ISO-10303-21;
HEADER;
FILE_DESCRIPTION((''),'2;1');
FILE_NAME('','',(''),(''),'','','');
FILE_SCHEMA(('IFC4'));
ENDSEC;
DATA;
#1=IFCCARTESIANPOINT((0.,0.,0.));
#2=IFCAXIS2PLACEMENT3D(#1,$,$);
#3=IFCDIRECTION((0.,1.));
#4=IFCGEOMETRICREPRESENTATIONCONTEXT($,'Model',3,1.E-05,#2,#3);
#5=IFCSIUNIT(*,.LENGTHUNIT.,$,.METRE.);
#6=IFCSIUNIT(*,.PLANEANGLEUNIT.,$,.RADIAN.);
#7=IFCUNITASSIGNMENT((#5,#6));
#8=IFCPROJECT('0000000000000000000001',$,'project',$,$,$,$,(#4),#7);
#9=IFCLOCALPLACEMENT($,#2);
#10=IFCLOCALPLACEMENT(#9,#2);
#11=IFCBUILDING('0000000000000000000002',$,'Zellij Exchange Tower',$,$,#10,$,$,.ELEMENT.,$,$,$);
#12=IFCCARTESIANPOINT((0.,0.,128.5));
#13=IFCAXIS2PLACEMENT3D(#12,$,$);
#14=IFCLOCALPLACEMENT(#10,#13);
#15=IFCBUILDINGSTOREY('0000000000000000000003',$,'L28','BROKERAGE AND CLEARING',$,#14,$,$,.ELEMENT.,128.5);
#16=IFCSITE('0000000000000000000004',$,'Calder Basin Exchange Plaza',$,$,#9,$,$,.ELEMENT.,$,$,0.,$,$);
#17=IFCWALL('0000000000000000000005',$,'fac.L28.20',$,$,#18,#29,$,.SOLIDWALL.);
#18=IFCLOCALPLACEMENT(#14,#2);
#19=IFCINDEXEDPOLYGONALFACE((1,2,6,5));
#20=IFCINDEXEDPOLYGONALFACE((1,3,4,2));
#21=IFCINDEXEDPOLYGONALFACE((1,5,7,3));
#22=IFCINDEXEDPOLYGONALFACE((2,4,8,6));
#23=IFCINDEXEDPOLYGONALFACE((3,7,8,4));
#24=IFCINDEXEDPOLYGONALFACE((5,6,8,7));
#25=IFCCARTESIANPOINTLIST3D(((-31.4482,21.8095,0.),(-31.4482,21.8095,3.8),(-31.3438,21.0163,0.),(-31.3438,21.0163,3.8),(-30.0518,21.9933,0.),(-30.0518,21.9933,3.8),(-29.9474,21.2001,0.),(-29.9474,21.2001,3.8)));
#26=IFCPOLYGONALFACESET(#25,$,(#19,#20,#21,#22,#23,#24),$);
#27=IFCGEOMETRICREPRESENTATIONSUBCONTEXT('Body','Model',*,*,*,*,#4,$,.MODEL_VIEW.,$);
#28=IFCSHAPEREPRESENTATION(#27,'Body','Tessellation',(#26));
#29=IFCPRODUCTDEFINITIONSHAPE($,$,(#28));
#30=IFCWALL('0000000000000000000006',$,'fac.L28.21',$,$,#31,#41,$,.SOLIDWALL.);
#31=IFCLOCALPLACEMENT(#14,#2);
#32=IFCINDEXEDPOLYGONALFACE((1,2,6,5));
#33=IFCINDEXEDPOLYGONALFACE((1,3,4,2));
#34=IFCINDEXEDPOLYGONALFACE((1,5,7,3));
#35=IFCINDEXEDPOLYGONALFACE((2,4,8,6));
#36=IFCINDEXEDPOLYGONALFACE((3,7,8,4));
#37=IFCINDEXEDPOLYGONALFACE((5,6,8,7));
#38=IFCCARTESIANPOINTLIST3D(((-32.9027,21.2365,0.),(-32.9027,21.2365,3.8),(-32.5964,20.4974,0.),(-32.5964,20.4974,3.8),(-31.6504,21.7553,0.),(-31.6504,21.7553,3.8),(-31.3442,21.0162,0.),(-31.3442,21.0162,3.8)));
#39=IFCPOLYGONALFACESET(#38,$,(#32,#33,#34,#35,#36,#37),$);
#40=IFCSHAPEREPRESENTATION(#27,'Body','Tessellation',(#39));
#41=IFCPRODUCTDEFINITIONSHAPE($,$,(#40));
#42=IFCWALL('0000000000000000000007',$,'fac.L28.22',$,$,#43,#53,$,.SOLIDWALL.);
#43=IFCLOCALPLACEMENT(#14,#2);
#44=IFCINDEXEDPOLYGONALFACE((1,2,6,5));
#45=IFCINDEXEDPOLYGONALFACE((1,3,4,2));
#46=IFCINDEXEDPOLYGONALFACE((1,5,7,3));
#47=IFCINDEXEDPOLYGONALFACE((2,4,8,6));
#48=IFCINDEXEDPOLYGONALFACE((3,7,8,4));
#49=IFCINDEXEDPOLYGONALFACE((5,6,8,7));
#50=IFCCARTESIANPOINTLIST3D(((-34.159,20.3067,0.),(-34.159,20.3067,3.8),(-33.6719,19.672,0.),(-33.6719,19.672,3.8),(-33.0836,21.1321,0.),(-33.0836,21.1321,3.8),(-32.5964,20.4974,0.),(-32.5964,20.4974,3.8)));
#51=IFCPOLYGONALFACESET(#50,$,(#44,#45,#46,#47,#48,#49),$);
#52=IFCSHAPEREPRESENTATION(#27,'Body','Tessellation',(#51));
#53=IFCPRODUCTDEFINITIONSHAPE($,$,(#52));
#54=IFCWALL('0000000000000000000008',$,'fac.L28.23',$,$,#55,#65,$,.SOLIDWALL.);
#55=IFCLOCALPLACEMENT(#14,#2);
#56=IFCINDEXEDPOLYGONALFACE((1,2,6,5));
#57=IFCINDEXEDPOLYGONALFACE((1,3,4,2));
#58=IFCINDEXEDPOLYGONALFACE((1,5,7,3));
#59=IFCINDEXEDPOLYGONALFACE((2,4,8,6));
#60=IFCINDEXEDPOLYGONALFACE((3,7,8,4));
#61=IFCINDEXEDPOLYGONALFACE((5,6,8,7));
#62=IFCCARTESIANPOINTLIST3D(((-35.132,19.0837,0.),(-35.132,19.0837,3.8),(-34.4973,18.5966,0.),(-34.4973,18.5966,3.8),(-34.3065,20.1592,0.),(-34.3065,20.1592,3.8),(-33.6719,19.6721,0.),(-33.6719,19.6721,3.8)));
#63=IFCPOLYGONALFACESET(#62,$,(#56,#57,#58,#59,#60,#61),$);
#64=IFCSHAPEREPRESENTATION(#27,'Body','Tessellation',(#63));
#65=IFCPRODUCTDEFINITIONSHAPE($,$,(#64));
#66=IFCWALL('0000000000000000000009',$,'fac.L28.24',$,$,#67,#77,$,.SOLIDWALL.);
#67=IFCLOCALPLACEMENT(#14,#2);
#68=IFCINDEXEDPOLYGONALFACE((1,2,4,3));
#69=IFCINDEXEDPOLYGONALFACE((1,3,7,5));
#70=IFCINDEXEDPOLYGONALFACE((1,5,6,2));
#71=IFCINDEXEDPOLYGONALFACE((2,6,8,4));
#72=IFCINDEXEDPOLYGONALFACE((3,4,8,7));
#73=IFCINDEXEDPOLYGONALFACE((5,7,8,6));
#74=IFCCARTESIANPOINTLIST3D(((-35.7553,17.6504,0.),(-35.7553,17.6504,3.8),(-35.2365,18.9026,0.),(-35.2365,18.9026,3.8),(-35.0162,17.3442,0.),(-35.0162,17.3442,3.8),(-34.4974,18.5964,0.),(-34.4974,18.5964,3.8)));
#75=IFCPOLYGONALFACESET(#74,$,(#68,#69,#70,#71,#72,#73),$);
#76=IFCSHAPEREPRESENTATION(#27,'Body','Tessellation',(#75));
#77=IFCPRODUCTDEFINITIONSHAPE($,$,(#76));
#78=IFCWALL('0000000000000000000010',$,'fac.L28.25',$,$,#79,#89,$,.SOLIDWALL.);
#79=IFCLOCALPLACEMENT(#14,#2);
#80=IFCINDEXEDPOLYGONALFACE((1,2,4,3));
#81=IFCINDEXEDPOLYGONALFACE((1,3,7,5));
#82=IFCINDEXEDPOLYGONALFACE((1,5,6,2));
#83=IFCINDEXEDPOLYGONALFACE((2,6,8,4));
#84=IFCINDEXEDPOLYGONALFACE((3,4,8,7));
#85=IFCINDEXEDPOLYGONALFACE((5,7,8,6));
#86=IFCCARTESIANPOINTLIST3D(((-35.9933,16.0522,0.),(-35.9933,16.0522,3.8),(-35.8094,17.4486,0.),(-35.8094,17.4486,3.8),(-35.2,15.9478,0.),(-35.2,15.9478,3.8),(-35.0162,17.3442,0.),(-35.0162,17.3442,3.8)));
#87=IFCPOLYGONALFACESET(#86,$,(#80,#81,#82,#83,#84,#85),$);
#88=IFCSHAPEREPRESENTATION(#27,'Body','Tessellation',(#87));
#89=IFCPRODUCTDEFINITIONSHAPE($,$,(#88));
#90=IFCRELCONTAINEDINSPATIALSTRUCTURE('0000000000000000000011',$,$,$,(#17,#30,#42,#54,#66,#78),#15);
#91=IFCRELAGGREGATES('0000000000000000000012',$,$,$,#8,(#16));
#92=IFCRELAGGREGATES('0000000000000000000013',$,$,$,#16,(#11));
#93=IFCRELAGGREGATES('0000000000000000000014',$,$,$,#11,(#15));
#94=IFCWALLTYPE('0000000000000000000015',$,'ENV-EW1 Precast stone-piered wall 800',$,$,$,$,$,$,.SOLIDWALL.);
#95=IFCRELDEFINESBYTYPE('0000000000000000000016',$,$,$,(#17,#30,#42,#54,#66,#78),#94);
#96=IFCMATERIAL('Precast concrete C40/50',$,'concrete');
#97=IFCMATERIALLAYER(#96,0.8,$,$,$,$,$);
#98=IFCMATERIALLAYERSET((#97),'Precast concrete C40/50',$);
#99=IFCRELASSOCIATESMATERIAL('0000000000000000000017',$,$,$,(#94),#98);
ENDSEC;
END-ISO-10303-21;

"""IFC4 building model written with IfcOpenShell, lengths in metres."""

from ifc_helpers import new_model, si_unit, direction, frame, frame_2d, origin, place, context, subcontext, project, spatial, rectangle, extrude, material, layer, layer_set, type_object, element, save


model = new_model("IFC4")

# Units and contexts
model_context = context("Model", 3, precision=1e-05, world=origin(), true_north=direction((0.0, 1.0)))
body_context = subcontext(model_context, "Body", "Model", "MODEL_VIEW")
ifc_project = project(units=[si_unit("LENGTHUNIT", "METRE"), si_unit("PLANEANGLEUNIT", "RADIAN")], contexts=[model_context])

# Site, building, storey
site_placement = place(None, origin())
site = spatial("IfcSite", under=ifc_project, at=site_placement, Name="Calder Basin Exchange Plaza", CompositionType="ELEMENT", RefElevation=0.0)
building_placement = place(site_placement, origin())
building = spatial("IfcBuilding", under=site, at=building_placement, Name="Zellij Exchange Tower", CompositionType="ELEMENT")
storey_placement = place(building_placement, frame((0.0, 0.0, 128.5)))
storey = spatial("IfcBuildingStorey", under=building, at=storey_placement, Name="L28", Description="BROKERAGE AND CLEARING", CompositionType="ELEMENT", Elevation=128.5)

# Walls
ifc_material_1 = material(Name="Precast concrete C40/50", Category="concrete")
ifc_layer_1 = layer(ifc_material_1, 0.8)
ifc_layer_set_1 = layer_set([ifc_layer_1], Name="Precast concrete C40/50")
wall_type_1 = type_object("IfcWallType", Name="ENV-EW1 Precast stone-piered wall 800", PredefinedType="SOLIDWALL", material=ifc_layer_set_1)
wall_1_placement = place(storey_placement, frame((-29.9998, 21.5967, 0.0), z_axis=(0.0, 0.0, 1.0), x_axis=(-0.991446, -0.130517, 0.0)))
element("IfcWall", 1, at=wall_1_placement, inside=storey, type_object=wall_type_1, Name="fac.L28.20", PredefinedType="SOLIDWALL", context=body_context, shape_type="SweptSolid", body=[
    extrude(rectangle(XDim=1.4084, YDim=0.8, at=frame_2d((0.7041, 0.0))), origin(), (0.0, 0.0, 1.0), 3.8),
])
wall_2_placement = place(storey_placement, frame((-31.4973, 21.3857, 0.0), z_axis=(0.0, 0.0, 1.0), x_axis=(-0.923848, -0.38276, 0.0)))
element("IfcWall", 2, at=wall_2_placement, inside=storey, type_object=wall_type_1, Name="fac.L28.21", PredefinedType="SOLIDWALL", context=body_context, shape_type="SweptSolid", body=[
    extrude(rectangle(XDim=1.3555, YDim=0.8, at=frame_2d((0.6777, 0.0))), origin(), (0.0, 0.0, 1.0), 3.8),
])
for number, where, z_axis, x_axis, name in (
    (3, (-32.8401, 20.8147, 0.0), (0.0, 0.0, 1.0), (-0.793273, -0.608866, 0.0), "fac.L28.22"),
    (4, (-33.9893, 19.9155, 0.0), (0.0, 0.0, 1.0), (-0.608866, -0.793273, 0.0), "fac.L28.23"),
):
    element("IfcWall", number, at=place(storey_placement, frame(where, z_axis=z_axis, x_axis=x_axis)), inside=storey, type_object=wall_type_1, Name=name, PredefinedType="SOLIDWALL", context=body_context, shape_type="SweptSolid", body=[
        extrude(rectangle(XDim=1.3557, YDim=0.8, at=frame_2d((0.6777, 0.0))), origin(), (0.0, 0.0, 1.0), 3.8),
    ])
wall_3_placement = place(storey_placement, frame((-34.8669, 18.7495, 0.0), z_axis=(0.0, 0.0, 1.0), x_axis=(-0.38276, -0.923848, 0.0)))
element("IfcWall", 5, at=wall_3_placement, inside=storey, type_object=wall_type_1, Name="fac.L28.24", PredefinedType="SOLIDWALL", context=body_context, shape_type="SweptSolid", body=[
    extrude(rectangle(XDim=1.3555, YDim=0.8, at=frame_2d((0.6777, 0.0))), origin(), (0.0, 0.0, 1.0), 3.8),
])
wall_4_placement = place(storey_placement, frame((-35.4128, 17.3962, 0.0), z_axis=(0.0, 0.0, 1.0), x_axis=(-0.130517, -0.991446, 0.0)))
element("IfcWall", 6, at=wall_4_placement, inside=storey, type_object=wall_type_1, Name="fac.L28.25", PredefinedType="SOLIDWALL", context=body_context, shape_type="SweptSolid", body=[
    extrude(rectangle(XDim=1.4084, YDim=0.8, at=frame_2d((0.7041, 0.0))), origin(), (0.0, 0.0, 1.0), 3.8),
])

save(model, "model.ifc")
